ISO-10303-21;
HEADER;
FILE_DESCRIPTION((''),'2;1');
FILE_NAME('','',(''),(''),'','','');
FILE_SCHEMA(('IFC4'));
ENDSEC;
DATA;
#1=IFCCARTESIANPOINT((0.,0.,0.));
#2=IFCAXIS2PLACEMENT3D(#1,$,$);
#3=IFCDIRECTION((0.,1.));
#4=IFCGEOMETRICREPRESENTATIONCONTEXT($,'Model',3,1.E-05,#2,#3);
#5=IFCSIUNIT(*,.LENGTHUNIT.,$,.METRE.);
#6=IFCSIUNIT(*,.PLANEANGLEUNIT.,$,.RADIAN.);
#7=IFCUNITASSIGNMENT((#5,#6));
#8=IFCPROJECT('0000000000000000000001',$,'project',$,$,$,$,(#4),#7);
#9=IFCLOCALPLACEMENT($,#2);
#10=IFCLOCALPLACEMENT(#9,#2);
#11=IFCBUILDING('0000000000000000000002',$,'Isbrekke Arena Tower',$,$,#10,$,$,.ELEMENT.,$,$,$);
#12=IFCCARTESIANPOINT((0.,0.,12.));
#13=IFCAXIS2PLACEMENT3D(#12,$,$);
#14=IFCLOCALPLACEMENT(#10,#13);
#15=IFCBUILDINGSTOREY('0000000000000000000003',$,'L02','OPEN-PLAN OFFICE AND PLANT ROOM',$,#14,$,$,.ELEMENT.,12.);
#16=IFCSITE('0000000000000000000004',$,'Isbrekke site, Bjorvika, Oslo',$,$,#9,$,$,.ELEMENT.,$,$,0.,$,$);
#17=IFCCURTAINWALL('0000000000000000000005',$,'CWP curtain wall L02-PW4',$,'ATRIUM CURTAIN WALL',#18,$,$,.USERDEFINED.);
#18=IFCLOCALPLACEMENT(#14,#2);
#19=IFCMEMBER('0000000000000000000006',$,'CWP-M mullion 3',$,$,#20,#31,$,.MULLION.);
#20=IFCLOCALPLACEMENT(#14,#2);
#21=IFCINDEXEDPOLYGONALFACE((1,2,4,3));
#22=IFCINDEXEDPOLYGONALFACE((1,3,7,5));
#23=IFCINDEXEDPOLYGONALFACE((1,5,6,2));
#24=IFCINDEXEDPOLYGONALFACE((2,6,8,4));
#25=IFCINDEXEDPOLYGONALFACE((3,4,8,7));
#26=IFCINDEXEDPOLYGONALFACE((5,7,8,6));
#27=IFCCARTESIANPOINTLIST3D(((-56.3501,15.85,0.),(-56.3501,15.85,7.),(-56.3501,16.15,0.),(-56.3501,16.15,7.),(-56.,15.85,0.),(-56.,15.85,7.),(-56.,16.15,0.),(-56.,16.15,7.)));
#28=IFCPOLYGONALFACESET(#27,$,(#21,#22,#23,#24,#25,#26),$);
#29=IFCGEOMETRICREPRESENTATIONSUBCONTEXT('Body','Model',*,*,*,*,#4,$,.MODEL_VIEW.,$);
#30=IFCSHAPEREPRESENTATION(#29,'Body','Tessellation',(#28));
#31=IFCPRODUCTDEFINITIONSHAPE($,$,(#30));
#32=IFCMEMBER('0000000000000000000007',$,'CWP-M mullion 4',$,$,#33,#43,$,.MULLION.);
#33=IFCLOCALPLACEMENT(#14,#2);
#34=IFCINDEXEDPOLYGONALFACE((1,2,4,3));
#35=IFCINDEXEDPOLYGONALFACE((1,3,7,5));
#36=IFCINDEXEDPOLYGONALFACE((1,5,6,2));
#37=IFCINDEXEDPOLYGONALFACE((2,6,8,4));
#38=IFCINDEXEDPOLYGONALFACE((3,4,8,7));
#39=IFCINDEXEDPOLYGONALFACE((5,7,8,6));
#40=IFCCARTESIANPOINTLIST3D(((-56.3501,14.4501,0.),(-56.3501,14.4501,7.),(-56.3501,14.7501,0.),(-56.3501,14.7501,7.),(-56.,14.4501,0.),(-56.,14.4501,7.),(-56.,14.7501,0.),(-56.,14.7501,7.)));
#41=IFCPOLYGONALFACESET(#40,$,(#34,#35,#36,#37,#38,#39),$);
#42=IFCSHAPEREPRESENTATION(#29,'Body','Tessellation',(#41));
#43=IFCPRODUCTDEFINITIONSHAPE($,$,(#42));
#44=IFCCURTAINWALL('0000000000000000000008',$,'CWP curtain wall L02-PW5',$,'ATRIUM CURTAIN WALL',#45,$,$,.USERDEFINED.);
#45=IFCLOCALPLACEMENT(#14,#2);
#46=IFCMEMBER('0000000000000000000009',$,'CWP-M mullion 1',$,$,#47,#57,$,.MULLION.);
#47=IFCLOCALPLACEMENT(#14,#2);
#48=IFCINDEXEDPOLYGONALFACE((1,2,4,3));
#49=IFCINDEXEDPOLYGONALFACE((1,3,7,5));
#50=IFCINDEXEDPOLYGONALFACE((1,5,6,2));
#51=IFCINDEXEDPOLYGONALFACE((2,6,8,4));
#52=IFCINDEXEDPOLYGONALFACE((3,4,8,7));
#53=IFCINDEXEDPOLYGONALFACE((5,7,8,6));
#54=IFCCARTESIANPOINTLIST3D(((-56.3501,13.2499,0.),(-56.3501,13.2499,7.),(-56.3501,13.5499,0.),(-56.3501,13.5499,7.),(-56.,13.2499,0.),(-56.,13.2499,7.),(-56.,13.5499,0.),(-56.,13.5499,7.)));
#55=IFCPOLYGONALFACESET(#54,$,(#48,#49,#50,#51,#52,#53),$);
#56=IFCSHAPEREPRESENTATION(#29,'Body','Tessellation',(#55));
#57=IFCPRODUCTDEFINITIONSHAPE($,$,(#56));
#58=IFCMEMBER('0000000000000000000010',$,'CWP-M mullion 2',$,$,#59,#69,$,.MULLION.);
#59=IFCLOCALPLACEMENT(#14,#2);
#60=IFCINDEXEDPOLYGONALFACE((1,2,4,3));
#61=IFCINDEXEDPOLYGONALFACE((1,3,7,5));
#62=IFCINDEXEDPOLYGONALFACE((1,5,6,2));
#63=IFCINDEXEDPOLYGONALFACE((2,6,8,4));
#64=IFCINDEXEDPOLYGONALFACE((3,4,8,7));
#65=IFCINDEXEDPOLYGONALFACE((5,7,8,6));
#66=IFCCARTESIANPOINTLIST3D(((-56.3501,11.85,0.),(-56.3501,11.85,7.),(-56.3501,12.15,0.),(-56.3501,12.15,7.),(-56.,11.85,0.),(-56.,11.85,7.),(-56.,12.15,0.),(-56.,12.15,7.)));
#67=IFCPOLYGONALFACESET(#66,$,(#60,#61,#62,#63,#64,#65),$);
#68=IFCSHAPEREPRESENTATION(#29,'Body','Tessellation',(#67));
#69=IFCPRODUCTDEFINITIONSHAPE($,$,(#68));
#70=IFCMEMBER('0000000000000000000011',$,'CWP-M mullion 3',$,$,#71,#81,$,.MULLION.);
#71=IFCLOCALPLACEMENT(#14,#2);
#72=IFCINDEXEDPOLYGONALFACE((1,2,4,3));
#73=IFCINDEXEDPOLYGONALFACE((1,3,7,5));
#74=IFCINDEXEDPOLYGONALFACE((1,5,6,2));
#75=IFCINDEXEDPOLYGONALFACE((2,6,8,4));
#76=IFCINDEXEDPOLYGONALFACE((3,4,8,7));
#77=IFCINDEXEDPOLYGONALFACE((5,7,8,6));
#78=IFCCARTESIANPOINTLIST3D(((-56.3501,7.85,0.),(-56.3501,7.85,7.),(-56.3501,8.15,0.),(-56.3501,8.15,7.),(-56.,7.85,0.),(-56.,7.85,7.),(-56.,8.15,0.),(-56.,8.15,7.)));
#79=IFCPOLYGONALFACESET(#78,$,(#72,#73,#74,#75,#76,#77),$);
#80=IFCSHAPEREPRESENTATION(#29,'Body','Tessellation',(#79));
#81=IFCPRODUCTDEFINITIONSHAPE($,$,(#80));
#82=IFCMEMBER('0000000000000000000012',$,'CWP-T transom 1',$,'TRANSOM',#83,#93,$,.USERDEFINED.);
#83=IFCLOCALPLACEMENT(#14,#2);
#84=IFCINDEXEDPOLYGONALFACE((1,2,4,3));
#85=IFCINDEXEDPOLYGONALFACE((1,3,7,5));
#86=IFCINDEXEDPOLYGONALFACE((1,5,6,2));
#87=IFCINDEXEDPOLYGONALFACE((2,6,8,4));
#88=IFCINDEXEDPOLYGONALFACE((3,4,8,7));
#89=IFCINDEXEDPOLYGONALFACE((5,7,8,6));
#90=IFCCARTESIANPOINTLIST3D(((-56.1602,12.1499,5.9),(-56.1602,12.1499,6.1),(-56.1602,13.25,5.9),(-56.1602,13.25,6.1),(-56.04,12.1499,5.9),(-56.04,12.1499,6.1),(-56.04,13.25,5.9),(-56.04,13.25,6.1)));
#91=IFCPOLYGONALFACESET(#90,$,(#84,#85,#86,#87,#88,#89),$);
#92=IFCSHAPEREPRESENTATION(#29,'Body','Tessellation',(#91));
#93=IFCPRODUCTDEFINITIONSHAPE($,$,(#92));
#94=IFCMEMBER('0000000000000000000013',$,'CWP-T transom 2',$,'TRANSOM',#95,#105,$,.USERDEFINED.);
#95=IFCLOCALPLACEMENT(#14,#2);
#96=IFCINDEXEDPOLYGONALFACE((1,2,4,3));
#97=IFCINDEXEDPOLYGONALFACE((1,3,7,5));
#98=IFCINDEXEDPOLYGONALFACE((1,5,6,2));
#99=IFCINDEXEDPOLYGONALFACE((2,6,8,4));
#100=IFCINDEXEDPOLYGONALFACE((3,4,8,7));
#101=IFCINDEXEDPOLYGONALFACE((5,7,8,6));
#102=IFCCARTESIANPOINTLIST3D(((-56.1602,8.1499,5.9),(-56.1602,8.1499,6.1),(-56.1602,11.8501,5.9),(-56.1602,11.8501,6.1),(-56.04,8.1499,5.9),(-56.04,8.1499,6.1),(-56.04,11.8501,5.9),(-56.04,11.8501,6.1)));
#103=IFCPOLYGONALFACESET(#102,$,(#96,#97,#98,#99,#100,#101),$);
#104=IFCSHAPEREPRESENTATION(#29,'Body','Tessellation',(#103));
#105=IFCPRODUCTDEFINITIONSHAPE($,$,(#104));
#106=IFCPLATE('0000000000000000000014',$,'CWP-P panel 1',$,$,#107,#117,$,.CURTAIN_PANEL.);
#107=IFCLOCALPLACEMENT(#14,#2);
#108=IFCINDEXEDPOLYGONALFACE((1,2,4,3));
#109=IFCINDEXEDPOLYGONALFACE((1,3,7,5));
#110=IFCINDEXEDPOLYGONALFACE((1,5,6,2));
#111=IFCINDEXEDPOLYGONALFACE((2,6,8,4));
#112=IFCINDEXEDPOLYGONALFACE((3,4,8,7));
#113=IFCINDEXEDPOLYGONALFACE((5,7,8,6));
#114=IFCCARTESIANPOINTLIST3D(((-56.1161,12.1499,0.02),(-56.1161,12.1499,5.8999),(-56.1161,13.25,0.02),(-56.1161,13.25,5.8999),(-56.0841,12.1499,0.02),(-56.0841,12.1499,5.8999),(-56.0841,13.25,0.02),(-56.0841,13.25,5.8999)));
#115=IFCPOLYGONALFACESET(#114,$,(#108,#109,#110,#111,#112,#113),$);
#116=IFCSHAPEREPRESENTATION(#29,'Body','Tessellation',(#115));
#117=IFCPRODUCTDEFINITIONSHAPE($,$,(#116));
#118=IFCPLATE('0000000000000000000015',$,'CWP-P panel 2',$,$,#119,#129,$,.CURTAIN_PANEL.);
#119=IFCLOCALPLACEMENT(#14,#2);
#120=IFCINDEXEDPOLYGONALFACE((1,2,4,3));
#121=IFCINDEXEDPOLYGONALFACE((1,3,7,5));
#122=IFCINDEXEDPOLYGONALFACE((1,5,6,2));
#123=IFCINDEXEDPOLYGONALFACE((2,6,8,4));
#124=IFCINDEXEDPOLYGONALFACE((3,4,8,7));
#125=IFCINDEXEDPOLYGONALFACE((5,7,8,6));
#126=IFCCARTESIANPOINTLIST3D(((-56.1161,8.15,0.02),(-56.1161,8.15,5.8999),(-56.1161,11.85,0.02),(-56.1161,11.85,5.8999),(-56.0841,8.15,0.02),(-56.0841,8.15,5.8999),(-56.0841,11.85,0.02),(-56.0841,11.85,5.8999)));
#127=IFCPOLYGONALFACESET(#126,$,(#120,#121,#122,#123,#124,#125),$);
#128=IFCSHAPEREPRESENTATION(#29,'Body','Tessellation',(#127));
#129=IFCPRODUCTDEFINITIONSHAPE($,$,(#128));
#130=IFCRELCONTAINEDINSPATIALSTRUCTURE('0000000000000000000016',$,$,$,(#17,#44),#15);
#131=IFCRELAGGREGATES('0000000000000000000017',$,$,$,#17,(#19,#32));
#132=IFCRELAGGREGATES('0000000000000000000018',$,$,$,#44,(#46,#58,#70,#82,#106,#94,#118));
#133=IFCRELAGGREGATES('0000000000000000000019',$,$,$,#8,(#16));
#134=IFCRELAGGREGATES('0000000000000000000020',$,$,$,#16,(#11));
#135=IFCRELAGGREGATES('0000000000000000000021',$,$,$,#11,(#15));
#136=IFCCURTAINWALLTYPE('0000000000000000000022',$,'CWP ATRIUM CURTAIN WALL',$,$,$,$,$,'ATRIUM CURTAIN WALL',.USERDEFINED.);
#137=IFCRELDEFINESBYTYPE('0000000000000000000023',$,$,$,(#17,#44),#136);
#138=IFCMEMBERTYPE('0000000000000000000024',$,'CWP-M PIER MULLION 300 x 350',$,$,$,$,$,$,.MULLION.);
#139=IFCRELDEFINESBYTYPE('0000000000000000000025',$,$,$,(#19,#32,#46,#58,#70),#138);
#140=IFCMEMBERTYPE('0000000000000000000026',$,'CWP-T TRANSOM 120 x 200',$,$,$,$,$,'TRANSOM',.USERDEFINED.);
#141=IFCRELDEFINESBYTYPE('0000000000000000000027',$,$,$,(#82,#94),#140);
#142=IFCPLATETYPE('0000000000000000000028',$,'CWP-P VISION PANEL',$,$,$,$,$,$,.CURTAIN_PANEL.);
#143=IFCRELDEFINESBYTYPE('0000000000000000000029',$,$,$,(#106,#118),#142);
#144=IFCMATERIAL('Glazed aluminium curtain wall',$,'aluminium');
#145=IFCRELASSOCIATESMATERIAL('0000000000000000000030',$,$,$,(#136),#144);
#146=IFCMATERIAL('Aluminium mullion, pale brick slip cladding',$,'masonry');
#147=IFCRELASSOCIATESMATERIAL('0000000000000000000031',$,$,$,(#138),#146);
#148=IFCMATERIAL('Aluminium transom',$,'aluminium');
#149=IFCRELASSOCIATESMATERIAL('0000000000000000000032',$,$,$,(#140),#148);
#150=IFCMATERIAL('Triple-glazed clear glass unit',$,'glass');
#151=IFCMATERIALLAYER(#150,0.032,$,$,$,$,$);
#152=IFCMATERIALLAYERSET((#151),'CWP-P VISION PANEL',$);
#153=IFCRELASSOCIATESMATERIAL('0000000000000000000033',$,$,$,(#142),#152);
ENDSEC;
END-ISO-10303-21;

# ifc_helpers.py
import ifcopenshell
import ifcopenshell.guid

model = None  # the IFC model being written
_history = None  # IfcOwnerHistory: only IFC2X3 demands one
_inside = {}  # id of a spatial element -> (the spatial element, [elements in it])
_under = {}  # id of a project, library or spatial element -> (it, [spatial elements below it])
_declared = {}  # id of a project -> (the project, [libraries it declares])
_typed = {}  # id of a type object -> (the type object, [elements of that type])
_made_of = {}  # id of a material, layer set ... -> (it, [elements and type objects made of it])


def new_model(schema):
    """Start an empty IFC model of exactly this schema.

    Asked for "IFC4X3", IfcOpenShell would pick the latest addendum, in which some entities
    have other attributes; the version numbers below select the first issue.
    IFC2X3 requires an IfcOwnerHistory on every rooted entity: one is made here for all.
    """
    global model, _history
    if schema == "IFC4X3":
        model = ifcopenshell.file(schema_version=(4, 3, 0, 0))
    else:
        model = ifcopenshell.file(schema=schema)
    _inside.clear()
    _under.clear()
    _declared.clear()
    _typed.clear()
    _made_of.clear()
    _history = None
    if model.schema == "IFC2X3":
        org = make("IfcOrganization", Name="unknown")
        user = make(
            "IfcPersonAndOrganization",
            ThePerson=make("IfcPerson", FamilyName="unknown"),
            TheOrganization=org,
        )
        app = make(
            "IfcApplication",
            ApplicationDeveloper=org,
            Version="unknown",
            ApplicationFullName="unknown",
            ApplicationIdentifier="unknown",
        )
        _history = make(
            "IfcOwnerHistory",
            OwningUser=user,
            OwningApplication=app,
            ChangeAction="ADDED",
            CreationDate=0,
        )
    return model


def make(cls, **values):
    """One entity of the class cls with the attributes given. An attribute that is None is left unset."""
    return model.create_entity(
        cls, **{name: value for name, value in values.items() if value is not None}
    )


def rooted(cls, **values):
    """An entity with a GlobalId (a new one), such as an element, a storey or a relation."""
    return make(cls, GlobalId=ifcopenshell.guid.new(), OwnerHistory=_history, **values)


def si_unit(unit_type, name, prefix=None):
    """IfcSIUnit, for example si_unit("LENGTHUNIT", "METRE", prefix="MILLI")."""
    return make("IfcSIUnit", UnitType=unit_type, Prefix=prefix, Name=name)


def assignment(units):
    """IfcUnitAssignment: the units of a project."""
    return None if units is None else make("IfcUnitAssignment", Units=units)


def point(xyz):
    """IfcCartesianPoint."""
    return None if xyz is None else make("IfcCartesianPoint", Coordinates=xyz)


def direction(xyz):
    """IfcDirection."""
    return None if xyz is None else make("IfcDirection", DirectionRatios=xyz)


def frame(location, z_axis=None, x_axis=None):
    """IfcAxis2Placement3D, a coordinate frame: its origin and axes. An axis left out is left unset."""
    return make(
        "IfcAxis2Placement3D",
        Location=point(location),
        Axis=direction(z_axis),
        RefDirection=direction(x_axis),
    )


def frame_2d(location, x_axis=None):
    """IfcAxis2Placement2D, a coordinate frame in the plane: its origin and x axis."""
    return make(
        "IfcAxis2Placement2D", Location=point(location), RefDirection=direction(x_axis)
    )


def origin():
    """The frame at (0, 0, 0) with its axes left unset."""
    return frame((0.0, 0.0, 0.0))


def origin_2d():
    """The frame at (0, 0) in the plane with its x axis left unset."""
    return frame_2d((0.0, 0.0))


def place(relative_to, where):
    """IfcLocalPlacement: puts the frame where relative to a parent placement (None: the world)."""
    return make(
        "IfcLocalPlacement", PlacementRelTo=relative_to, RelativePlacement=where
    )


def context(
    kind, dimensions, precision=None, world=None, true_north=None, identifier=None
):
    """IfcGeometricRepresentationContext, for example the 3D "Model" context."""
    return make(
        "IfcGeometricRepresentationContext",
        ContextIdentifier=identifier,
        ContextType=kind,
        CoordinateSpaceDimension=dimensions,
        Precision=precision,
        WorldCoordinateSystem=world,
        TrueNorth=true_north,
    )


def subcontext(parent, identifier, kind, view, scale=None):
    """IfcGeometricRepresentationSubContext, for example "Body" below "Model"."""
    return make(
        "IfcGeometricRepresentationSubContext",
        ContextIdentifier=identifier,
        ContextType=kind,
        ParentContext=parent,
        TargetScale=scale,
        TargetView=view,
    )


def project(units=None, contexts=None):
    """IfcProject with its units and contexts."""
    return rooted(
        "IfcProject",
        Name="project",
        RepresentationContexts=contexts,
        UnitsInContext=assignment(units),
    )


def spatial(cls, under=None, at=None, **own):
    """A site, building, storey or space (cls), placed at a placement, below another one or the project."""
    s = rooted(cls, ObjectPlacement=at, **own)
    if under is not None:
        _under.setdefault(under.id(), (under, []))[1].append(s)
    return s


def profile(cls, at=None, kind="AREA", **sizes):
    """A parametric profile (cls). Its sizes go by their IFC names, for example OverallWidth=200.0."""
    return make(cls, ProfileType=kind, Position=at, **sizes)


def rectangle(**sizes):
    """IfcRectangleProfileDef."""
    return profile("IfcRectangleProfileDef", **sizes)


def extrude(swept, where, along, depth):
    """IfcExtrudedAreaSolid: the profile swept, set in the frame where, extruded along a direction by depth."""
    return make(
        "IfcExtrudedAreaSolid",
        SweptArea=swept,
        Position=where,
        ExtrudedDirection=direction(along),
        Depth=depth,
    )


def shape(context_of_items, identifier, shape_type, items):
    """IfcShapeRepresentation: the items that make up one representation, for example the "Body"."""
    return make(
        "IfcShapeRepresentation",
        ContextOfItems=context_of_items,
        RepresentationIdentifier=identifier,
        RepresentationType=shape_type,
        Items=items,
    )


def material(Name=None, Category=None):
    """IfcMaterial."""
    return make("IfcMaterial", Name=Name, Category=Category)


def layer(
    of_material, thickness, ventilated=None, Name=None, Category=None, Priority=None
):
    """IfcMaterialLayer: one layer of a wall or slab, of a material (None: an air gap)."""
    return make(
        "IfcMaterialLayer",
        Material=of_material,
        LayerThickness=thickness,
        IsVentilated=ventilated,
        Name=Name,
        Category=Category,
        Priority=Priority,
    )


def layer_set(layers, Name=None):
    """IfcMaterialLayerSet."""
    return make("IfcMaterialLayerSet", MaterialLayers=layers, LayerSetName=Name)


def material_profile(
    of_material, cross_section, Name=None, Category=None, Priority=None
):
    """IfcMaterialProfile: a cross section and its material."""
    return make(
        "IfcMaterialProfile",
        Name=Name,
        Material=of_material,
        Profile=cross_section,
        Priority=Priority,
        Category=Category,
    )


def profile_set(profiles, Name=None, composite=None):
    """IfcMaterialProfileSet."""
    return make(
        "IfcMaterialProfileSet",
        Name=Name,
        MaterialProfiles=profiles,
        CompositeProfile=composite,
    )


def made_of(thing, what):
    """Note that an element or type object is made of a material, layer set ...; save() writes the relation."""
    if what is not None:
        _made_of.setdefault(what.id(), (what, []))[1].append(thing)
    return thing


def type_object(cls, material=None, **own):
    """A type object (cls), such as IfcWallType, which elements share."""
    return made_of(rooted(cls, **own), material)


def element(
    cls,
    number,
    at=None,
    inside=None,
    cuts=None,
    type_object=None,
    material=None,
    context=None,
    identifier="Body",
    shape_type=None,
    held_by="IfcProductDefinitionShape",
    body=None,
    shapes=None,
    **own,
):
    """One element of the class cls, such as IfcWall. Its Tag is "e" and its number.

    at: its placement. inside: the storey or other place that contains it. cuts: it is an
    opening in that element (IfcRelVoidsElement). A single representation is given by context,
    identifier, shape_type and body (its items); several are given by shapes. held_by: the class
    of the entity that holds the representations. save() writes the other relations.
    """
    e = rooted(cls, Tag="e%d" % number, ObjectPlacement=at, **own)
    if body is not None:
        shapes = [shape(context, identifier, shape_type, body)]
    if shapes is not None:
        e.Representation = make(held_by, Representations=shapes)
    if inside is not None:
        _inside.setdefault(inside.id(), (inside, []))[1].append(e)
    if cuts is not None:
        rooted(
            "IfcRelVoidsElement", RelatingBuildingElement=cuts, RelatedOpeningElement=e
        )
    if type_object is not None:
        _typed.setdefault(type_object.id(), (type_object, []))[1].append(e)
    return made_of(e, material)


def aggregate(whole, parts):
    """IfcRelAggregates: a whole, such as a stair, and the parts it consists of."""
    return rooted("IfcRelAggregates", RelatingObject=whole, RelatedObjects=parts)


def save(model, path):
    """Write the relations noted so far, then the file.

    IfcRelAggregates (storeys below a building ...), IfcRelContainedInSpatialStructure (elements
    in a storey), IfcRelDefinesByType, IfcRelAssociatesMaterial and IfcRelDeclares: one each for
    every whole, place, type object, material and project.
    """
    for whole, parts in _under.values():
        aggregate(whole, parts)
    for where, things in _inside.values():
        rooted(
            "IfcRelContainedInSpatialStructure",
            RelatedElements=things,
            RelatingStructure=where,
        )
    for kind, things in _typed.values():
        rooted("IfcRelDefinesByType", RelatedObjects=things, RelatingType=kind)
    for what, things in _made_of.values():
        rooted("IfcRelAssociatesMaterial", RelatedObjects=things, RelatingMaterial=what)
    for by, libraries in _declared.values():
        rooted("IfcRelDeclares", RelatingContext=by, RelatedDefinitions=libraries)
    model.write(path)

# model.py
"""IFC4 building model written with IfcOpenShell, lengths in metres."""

from ifc_helpers import new_model, si_unit, direction, frame, origin, origin_2d, place, context, subcontext, project, spatial, rectangle, extrude, material, layer, layer_set, material_profile, profile_set, type_object, element, aggregate, save


model = new_model("IFC4")

# Units and contexts
model_context = context("Model", 3, precision=1e-05, world=origin(), true_north=direction((0.0, 1.0)))
body_context = subcontext(model_context, "Body", "Model", "MODEL_VIEW")
ifc_project = project(units=[si_unit("LENGTHUNIT", "METRE"), si_unit("PLANEANGLEUNIT", "RADIAN")], contexts=[model_context])

# Site, building, storey
site_placement = place(None, origin())
site = spatial("IfcSite", under=ifc_project, at=site_placement, Name="Isbrekke site, Bjorvika, Oslo", CompositionType="ELEMENT", RefElevation=0.0)
building_placement = place(site_placement, origin())
building = spatial("IfcBuilding", under=site, at=building_placement, Name="Isbrekke Arena Tower", CompositionType="ELEMENT")
storey_placement = place(building_placement, frame((0.0, 0.0, 12.0)))
storey = spatial("IfcBuildingStorey", under=building, at=storey_placement, Name="L02", Description="OPEN-PLAN OFFICE AND PLANT ROOM", CompositionType="ELEMENT", Elevation=12.0)

# Curtain wall, members
ifc_material_1 = material(Name="Glazed aluminium curtain wall", Category="aluminium")
curtain_wall_type = type_object("IfcCurtainWallType", Name="CWP ATRIUM CURTAIN WALL", ElementType="ATRIUM CURTAIN WALL", PredefinedType="USERDEFINED", material=ifc_material_1)
curtain_wall_1_placement = place(storey_placement, origin())
curtain_wall_1 = element("IfcCurtainWall", 1, at=curtain_wall_1_placement, inside=storey, type_object=curtain_wall_type, Name="CWP curtain wall L02-PW4", ObjectType="ATRIUM CURTAIN WALL", PredefinedType="USERDEFINED")
ifc_material_2 = material(Name="Aluminium mullion, pale brick slip cladding", Category="masonry")
ifc_material_profile_1 = material_profile(ifc_material_2, rectangle(XDim=0.3, YDim=0.3501, at=origin_2d()), Name="PIER 300X350")
ifc_profile_set_1 = profile_set([ifc_material_profile_1], Name="Aluminium mullion, pale brick slip cladding")
member_type_1 = type_object("IfcMemberType", Name="CWP-M PIER MULLION 300 x 350", PredefinedType="MULLION", material=ifc_profile_set_1)
member_1_placement = place(storey_placement, frame((-56.175, 16.0, 0.0), z_axis=(0.0, 0.0, 1.0), x_axis=(0.0, -1.0, 0.0)))
member_1 = element("IfcMember", 2, at=member_1_placement, type_object=member_type_1, Name="CWP-M mullion 3", PredefinedType="MULLION", context=body_context, shape_type="SweptSolid", body=[
    extrude(rectangle(XDim=0.3, YDim=0.3501, at=origin_2d()), origin(), (0.0, 0.0, 1.0), 7.0),
])
member_2_placement = place(storey_placement, frame((-56.175, 14.6001, 0.0), z_axis=(0.0, 0.0, 1.0), x_axis=(0.0, -1.0, 0.0)))
member_2 = element("IfcMember", 3, at=member_2_placement, type_object=member_type_1, Name="CWP-M mullion 4", PredefinedType="MULLION", context=body_context, shape_type="SweptSolid", body=[
    extrude(rectangle(XDim=0.3, YDim=0.3501, at=origin_2d()), origin(), (0.0, 0.0, 1.0), 7.0),
])
aggregate(curtain_wall_1, [member_1, member_2])

# Curtain wall, members, plates
curtain_wall_2_placement = place(storey_placement, origin())
curtain_wall_2 = element("IfcCurtainWall", 4, at=curtain_wall_2_placement, inside=storey, type_object=curtain_wall_type, Name="CWP curtain wall L02-PW5", ObjectType="ATRIUM CURTAIN WALL", PredefinedType="USERDEFINED")
member_3_placement = place(storey_placement, frame((-56.175, 13.3999, 0.0), z_axis=(0.0, 0.0, 1.0), x_axis=(0.0, -1.0, 0.0)))
member_3 = element("IfcMember", 5, at=member_3_placement, type_object=member_type_1, Name="CWP-M mullion 1", PredefinedType="MULLION", context=body_context, shape_type="SweptSolid", body=[
    extrude(rectangle(XDim=0.3, YDim=0.3501, at=origin_2d()), origin(), (0.0, 0.0, 1.0), 7.0),
])
member_4_placement = place(storey_placement, frame((-56.175, 12.0, 0.0), z_axis=(0.0, 0.0, 1.0), x_axis=(0.0, -1.0, 0.0)))
member_4 = element("IfcMember", 6, at=member_4_placement, type_object=member_type_1, Name="CWP-M mullion 2", PredefinedType="MULLION", context=body_context, shape_type="SweptSolid", body=[
    extrude(rectangle(XDim=0.3, YDim=0.3501, at=origin_2d()), origin(), (0.0, 0.0, 1.0), 7.0),
])
member_5_placement = place(storey_placement, frame((-56.175, 8.0, 0.0), z_axis=(0.0, 0.0, 1.0), x_axis=(0.0, -1.0, 0.0)))
member_5 = element("IfcMember", 7, at=member_5_placement, type_object=member_type_1, Name="CWP-M mullion 3", PredefinedType="MULLION", context=body_context, shape_type="SweptSolid", body=[
    extrude(rectangle(XDim=0.3, YDim=0.3501, at=origin_2d()), origin(), (0.0, 0.0, 1.0), 7.0),
])
ifc_material_3 = material(Name="Aluminium transom", Category="aluminium")
ifc_material_profile_2 = material_profile(ifc_material_3, rectangle(XDim=0.1201, YDim=0.2, at=origin_2d()), Name="TRANSOM 120X200")
ifc_profile_set_2 = profile_set([ifc_material_profile_2], Name="Aluminium transom")
member_type_2 = type_object("IfcMemberType", Name="CWP-T TRANSOM 120 x 200", ElementType="TRANSOM", PredefinedType="USERDEFINED", material=ifc_profile_set_2)
member_6_placement = place(storey_placement, frame((-56.1001, 13.25, 6.0), z_axis=(0.0, -1.0, 0.0), x_axis=(1.0, 0.0, 0.0)))
member_6 = element("IfcMember", 8, at=member_6_placement, type_object=member_type_2, Name="CWP-T transom 1", ObjectType="TRANSOM", PredefinedType="USERDEFINED", context=body_context, shape_type="SweptSolid", body=[
    extrude(rectangle(XDim=0.1201, YDim=0.2, at=origin_2d()), origin(), (0.0, 0.0, 1.0), 1.1001),
])
member_7_placement = place(storey_placement, frame((-56.1001, 11.8501, 6.0), z_axis=(0.0, -1.0, 0.0), x_axis=(1.0, 0.0, 0.0)))
member_7 = element("IfcMember", 9, at=member_7_placement, type_object=member_type_2, Name="CWP-T transom 2", ObjectType="TRANSOM", PredefinedType="USERDEFINED", context=body_context, shape_type="SweptSolid", body=[
    extrude(rectangle(XDim=0.1201, YDim=0.2, at=origin_2d()), origin(), (0.0, 0.0, 1.0), 3.7002),
])
ifc_material_4 = material(Name="Triple-glazed clear glass unit", Category="glass")
ifc_layer = layer(ifc_material_4, 0.032)
ifc_layer_set = layer_set([ifc_layer], Name="CWP-P VISION PANEL")
plate_type = type_object("IfcPlateType", Name="CWP-P VISION PANEL", PredefinedType="CURTAIN_PANEL", material=ifc_layer_set)
plate_1_placement = place(storey_placement, frame((-56.1001, 12.7, 0.02), z_axis=(0.0, 0.0, 1.0), x_axis=(0.0, -1.0, 0.0)))
plate_1 = element("IfcPlate", 10, at=plate_1_placement, type_object=plate_type, Name="CWP-P panel 1", PredefinedType="CURTAIN_PANEL", context=body_context, shape_type="SweptSolid", body=[
    extrude(rectangle(XDim=1.1001, YDim=0.032, at=origin_2d()), origin(), (0.0, 0.0, 1.0), 5.8799),
])
plate_2_placement = place(storey_placement, frame((-56.1001, 10.0, 0.02), z_axis=(0.0, 0.0, 1.0), x_axis=(0.0, -1.0, 0.0)))
plate_2 = element("IfcPlate", 11, at=plate_2_placement, type_object=plate_type, Name="CWP-P panel 2", PredefinedType="CURTAIN_PANEL", context=body_context, shape_type="SweptSolid", body=[
    extrude(rectangle(XDim=3.7, YDim=0.032, at=origin_2d()), origin(), (0.0, 0.0, 1.0), 5.8799),
])
aggregate(curtain_wall_2, [member_3, member_4, member_5, member_6, plate_1, member_7, plate_2])

save(model, "model.ifc")
